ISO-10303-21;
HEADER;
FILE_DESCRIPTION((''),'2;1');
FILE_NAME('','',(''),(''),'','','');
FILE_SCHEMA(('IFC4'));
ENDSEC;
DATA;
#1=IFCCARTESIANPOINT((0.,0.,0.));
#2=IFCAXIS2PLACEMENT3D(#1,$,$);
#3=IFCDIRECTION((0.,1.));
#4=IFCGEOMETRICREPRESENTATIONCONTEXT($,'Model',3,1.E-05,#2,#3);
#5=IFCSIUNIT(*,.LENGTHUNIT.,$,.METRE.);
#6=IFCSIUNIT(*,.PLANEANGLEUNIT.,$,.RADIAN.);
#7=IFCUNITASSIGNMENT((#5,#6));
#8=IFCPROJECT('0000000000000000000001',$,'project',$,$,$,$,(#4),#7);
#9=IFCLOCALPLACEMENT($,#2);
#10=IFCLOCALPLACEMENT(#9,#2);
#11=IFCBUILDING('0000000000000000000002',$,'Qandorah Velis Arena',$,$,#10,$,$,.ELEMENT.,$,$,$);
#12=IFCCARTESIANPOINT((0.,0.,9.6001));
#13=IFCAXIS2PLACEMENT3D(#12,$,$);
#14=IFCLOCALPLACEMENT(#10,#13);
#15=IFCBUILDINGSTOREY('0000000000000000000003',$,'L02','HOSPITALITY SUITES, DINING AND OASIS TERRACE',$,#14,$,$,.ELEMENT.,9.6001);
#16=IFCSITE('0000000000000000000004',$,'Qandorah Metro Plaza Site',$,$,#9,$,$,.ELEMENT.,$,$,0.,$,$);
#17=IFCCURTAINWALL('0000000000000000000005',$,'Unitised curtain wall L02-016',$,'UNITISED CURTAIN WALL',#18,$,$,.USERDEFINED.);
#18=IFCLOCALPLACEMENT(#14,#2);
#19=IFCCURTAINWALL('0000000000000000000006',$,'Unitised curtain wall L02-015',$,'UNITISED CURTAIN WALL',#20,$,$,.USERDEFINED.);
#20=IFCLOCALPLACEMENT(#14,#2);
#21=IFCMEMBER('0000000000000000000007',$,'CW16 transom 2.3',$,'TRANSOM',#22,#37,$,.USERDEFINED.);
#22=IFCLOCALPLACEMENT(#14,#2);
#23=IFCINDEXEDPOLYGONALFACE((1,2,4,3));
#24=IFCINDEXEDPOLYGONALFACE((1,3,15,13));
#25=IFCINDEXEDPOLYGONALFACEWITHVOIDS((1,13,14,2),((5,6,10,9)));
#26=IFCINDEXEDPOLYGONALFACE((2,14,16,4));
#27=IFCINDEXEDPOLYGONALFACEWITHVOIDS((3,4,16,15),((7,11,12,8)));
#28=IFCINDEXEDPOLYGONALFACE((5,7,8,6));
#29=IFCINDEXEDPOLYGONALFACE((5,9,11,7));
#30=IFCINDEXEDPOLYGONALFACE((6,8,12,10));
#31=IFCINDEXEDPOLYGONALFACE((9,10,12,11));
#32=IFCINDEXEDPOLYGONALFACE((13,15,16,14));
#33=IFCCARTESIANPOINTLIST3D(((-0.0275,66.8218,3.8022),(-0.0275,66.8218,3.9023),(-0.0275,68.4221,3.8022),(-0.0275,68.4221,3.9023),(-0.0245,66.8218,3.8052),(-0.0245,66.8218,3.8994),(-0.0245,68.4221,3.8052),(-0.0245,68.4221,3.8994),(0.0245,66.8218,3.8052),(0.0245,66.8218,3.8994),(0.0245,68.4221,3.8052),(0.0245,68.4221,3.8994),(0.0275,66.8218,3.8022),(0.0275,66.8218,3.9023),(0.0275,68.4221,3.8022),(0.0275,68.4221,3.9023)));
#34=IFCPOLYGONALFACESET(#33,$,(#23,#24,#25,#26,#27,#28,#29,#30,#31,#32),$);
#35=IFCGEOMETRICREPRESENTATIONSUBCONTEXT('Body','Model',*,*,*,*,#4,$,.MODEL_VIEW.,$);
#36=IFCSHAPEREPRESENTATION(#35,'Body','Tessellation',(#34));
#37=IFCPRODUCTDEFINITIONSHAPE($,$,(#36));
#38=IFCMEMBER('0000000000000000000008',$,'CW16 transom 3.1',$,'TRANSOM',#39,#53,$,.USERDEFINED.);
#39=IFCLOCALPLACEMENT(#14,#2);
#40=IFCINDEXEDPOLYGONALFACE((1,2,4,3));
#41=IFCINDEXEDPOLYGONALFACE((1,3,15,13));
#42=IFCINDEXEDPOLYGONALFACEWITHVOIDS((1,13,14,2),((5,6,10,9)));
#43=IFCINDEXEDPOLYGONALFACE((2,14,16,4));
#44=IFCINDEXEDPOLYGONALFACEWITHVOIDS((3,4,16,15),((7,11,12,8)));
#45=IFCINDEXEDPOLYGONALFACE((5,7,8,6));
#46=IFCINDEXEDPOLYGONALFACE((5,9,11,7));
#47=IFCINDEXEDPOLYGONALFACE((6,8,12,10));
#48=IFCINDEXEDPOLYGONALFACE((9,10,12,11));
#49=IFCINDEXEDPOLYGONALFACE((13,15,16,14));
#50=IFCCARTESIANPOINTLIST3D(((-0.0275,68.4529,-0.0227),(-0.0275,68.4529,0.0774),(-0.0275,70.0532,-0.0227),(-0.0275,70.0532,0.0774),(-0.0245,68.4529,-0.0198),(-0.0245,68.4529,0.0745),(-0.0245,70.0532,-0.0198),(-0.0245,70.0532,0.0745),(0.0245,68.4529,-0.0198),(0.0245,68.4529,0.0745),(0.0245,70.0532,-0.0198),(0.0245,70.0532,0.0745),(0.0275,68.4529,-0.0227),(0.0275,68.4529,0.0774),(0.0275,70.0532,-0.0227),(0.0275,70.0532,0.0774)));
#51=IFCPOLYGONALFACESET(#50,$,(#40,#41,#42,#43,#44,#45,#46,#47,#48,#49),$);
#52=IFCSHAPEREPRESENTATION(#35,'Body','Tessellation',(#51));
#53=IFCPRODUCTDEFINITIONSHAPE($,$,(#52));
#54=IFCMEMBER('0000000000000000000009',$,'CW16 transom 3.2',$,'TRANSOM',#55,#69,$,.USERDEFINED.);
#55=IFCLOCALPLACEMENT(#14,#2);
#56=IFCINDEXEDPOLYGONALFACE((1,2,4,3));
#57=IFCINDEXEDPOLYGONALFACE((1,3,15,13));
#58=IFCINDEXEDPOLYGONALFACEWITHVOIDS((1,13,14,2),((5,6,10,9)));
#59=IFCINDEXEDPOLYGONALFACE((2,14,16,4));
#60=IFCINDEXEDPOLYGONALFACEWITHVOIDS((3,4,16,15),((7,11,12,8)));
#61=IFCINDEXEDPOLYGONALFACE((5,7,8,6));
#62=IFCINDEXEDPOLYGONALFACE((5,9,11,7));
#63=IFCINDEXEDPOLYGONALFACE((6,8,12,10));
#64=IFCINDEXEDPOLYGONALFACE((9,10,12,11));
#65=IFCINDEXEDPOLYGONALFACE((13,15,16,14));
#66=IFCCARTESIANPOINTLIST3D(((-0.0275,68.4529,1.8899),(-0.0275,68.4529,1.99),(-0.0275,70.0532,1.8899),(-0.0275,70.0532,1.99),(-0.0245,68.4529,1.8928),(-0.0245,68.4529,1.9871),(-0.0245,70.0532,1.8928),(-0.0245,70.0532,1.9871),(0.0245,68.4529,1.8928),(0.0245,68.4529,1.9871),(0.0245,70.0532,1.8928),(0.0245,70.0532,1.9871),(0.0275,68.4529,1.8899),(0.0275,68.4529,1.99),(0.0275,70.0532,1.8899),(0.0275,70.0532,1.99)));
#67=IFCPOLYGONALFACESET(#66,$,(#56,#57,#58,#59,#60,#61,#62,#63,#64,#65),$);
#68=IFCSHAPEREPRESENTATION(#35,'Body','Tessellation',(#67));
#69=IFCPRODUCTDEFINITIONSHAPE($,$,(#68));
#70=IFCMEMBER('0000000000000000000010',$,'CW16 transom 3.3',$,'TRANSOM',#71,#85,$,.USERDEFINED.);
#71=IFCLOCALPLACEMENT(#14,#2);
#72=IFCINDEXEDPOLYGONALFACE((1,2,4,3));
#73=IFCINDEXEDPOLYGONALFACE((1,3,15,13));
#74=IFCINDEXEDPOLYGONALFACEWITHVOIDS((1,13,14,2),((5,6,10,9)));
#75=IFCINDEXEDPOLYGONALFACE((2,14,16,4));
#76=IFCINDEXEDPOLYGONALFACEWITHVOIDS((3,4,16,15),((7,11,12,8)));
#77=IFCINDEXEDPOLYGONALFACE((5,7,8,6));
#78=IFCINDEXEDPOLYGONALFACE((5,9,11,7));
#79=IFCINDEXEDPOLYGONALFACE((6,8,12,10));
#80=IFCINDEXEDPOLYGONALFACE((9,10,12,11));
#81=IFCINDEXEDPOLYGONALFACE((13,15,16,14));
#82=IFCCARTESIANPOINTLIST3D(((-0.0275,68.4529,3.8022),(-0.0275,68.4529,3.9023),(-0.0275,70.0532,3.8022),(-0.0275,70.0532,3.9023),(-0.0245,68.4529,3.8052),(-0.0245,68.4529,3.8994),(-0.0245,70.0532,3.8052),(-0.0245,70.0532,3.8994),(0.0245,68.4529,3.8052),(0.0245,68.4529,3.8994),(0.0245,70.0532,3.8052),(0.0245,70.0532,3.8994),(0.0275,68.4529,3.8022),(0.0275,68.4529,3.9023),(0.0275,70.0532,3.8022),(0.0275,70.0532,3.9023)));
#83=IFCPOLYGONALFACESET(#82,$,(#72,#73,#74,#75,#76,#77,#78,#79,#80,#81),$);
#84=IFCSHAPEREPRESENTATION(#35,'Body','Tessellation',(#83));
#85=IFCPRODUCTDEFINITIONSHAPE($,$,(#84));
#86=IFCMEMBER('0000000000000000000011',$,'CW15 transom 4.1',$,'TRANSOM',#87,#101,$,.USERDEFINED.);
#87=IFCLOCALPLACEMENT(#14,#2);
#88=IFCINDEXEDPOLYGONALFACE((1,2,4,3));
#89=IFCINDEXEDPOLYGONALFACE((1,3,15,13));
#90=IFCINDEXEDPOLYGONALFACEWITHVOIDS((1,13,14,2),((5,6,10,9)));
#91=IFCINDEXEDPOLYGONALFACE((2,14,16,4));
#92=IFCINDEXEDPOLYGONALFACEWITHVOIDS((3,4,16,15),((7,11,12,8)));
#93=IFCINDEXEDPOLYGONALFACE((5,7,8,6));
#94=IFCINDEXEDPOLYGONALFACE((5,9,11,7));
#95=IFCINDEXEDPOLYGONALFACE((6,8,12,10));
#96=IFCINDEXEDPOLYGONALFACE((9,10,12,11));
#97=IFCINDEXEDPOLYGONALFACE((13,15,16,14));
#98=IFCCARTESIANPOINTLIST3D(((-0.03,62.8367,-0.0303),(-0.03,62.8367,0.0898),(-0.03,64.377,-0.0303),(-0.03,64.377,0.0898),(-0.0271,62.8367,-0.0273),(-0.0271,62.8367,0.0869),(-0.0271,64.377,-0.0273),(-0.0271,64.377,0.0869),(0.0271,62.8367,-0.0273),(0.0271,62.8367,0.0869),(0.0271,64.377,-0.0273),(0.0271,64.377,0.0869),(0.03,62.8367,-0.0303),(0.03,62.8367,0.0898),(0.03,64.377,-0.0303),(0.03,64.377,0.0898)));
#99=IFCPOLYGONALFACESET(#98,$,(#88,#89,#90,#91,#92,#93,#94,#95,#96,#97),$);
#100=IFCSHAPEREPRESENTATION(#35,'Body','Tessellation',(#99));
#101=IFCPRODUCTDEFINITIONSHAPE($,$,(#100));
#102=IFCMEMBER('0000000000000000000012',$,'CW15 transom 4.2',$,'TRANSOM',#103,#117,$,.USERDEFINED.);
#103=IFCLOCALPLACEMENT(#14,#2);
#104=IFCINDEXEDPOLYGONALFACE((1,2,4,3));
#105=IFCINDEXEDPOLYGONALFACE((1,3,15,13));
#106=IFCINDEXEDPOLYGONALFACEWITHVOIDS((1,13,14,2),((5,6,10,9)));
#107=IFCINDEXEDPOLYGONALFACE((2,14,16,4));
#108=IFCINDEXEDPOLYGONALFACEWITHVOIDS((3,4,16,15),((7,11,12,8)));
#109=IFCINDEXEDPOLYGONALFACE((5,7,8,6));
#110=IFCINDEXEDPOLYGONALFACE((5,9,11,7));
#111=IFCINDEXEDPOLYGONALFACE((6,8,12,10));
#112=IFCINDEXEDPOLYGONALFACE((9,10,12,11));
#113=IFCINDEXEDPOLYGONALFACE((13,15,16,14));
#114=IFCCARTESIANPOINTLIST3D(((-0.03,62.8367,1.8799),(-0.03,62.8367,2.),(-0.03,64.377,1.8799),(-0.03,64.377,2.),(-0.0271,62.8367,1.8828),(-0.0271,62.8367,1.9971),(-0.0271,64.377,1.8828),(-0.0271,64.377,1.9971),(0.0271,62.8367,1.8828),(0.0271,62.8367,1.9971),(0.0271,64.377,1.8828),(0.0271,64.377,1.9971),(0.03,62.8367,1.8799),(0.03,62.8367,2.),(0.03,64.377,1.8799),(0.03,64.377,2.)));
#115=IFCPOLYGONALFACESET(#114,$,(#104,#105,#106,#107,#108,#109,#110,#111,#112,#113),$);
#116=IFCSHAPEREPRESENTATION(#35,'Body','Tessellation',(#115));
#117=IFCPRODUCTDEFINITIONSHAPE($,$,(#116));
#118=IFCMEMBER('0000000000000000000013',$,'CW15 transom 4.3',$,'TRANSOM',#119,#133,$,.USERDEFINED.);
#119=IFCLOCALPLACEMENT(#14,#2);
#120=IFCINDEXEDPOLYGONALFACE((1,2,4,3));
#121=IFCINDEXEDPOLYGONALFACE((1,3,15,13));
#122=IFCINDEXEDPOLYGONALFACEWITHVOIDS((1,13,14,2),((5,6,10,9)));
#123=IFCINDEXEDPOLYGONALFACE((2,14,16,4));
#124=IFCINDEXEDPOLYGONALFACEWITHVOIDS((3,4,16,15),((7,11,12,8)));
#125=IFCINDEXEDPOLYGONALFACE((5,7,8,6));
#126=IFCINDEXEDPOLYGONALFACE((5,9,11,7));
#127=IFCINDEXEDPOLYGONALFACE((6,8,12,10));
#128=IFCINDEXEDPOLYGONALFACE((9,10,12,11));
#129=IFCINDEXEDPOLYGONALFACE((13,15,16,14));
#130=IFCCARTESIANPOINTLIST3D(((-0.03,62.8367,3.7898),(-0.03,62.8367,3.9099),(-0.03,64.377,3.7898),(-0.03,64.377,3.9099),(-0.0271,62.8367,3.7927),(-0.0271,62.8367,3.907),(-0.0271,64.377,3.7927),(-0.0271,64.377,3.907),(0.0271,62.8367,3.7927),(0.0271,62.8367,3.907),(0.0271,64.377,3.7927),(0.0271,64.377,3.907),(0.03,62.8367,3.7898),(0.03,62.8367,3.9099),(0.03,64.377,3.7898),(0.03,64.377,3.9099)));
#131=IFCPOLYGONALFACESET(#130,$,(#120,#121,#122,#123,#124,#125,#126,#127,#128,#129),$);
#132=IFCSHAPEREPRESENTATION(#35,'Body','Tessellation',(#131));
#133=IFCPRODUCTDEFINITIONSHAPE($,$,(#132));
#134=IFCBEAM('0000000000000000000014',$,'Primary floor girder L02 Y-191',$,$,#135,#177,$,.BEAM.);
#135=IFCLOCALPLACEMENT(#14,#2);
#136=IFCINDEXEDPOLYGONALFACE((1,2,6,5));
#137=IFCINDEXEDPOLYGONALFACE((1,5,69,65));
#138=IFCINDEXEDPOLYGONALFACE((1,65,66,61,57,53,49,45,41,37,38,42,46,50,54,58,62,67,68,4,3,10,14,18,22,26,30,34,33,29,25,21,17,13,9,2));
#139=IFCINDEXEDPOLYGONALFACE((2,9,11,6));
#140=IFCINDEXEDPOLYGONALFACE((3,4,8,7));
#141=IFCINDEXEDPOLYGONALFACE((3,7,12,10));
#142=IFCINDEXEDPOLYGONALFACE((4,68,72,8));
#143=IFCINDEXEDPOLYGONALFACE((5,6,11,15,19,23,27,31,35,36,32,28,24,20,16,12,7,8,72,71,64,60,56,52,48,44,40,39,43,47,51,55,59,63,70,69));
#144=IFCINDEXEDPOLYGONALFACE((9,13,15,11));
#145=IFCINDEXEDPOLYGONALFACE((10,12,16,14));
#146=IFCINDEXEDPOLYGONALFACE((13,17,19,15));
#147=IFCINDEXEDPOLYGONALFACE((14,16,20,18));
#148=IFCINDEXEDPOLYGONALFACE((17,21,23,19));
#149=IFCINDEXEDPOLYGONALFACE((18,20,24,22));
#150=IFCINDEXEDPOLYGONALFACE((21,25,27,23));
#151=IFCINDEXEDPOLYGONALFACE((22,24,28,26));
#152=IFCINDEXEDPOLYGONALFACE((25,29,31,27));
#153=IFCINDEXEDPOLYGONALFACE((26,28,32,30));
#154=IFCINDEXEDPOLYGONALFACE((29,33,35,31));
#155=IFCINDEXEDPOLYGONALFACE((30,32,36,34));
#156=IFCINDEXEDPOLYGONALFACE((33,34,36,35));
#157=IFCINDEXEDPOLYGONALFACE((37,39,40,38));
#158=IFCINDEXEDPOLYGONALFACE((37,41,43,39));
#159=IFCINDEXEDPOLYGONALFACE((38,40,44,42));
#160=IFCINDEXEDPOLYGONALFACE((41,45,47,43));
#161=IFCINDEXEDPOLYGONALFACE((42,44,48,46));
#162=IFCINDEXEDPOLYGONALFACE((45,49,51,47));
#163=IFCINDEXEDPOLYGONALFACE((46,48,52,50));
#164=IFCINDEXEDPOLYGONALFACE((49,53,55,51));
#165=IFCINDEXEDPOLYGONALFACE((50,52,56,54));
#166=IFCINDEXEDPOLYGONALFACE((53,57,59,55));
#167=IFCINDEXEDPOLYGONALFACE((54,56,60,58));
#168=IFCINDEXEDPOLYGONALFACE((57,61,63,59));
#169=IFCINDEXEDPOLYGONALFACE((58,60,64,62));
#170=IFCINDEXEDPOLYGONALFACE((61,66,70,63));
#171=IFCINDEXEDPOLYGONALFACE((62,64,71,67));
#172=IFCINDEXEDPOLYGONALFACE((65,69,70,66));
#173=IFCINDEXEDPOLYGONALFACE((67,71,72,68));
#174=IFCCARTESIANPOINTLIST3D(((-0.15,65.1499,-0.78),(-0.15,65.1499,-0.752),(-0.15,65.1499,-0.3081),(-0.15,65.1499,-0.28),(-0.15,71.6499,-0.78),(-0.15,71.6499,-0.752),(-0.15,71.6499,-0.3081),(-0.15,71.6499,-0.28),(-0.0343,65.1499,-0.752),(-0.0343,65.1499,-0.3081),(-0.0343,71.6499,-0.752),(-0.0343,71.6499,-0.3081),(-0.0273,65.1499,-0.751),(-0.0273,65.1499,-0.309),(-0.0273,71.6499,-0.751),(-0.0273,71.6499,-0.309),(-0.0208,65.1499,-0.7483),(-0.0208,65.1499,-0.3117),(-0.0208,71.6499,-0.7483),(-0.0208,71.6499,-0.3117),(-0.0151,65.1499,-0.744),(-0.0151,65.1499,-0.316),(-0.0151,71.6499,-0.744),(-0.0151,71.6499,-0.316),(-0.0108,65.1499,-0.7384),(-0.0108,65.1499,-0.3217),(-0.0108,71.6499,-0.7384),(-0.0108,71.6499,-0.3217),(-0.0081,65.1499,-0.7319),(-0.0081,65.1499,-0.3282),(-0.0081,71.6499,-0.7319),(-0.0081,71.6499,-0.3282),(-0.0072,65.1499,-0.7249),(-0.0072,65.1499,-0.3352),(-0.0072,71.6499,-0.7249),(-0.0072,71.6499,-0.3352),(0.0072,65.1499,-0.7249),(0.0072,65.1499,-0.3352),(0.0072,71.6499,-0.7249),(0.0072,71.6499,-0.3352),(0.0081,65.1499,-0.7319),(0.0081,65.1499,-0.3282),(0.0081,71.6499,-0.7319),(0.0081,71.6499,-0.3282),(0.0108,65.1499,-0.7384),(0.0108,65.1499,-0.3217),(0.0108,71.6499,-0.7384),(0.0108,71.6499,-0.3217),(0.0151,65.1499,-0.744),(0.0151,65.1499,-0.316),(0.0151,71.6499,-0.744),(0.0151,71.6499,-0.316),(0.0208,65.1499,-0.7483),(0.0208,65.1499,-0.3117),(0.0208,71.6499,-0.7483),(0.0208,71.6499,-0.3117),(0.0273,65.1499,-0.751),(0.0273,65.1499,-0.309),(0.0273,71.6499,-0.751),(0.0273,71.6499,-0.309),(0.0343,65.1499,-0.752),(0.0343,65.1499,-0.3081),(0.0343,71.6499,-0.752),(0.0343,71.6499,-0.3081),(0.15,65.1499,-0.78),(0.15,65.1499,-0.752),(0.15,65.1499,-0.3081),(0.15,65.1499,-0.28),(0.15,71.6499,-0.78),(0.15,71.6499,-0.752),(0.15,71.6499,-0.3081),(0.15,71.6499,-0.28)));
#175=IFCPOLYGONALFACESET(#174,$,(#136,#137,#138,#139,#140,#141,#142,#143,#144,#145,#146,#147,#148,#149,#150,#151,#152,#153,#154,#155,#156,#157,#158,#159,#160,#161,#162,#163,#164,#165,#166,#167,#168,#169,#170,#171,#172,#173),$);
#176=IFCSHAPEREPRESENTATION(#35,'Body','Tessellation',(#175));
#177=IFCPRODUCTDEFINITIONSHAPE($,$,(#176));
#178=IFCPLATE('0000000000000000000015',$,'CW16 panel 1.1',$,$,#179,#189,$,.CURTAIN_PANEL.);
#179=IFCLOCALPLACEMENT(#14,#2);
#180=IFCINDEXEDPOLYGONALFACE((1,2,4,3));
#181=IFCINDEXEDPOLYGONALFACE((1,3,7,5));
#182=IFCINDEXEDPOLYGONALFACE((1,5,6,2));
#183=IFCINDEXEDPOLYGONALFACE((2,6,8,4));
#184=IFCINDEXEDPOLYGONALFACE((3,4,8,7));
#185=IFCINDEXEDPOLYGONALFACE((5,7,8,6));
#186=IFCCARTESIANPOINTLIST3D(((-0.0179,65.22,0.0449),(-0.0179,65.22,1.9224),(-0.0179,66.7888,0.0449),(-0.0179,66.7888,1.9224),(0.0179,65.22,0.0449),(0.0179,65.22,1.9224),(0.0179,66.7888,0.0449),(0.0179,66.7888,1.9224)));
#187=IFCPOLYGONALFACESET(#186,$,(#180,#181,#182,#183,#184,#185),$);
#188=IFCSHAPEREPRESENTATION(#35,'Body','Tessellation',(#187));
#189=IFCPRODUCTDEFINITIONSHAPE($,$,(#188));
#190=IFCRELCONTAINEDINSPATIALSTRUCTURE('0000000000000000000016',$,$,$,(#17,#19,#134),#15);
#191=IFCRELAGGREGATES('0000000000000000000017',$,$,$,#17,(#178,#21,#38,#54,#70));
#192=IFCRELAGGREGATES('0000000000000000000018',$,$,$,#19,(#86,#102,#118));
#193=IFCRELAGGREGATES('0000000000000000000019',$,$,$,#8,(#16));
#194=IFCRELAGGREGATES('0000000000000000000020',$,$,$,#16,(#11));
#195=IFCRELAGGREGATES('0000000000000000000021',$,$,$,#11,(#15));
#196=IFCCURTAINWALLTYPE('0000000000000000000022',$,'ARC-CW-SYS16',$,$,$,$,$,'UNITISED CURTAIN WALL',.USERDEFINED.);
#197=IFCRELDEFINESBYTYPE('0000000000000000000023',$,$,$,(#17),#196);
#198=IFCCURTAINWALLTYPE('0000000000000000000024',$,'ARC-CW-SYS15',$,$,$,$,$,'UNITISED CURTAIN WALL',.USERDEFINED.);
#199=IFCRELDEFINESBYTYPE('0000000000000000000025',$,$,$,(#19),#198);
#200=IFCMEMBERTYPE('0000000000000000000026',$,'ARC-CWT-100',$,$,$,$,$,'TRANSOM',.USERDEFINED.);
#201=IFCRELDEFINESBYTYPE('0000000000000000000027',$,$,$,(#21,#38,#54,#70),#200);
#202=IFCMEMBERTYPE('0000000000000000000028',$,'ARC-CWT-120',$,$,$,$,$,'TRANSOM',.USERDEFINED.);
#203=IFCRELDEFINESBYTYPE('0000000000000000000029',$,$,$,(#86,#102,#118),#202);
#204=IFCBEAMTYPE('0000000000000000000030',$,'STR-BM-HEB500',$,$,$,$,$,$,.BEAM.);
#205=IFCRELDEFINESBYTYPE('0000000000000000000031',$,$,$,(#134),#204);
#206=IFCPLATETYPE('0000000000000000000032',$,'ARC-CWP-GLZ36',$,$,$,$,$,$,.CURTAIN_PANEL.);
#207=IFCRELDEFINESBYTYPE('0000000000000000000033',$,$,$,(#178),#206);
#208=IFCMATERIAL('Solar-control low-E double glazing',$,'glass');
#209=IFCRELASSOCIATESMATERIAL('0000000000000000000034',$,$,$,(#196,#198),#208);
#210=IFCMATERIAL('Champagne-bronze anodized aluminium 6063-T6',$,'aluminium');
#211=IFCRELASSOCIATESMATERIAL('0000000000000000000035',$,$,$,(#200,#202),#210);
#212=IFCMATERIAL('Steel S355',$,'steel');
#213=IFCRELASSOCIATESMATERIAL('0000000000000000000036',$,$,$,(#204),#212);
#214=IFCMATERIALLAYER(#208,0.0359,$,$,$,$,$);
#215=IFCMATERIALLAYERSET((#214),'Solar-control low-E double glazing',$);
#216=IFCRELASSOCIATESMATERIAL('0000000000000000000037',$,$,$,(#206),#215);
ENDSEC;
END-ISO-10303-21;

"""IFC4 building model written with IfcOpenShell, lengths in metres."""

from ifc_helpers import new_model, si_unit, direction, frame, origin, origin_2d, place, context, subcontext, project, spatial, rectangle, hollow_rectangle, i_section, extrude, material, layer, layer_set, material_profile, profile_set, type_object, element, aggregate, save


model = new_model("IFC4")

# Units and contexts
model_context = context("Model", 3, precision=1e-05, world=origin(), true_north=direction((0.0, 1.0)))
body_context = subcontext(model_context, "Body", "Model", "MODEL_VIEW")
ifc_project = project(units=[si_unit("LENGTHUNIT", "METRE"), si_unit("PLANEANGLEUNIT", "RADIAN")], contexts=[model_context])

# Site, building, storey
site_placement = place(None, origin())
site = spatial("IfcSite", under=ifc_project, at=site_placement, Name="Qandorah Metro Plaza Site", CompositionType="ELEMENT", RefElevation=0.0)
building_placement = place(site_placement, origin())
building = spatial("IfcBuilding", under=site, at=building_placement, Name="Qandorah Velis Arena", CompositionType="ELEMENT")
storey_placement = place(building_placement, frame((0.0, 0.0, 9.6001)))
storey = spatial("IfcBuildingStorey", under=building, at=storey_placement, Name="L02", Description="HOSPITALITY SUITES, DINING AND OASIS TERRACE", CompositionType="ELEMENT", Elevation=9.6001)

# Curtain walls
ifc_material_1 = material(Name="Solar-control low-E double glazing", Category="glass")
curtain_wall_type_1 = type_object("IfcCurtainWallType", Name="ARC-CW-SYS16", ElementType="UNITISED CURTAIN WALL", PredefinedType="USERDEFINED", material=ifc_material_1)
curtain_wall_1_placement = place(storey_placement, origin())
curtain_wall_1 = element("IfcCurtainWall", 1, at=curtain_wall_1_placement, inside=storey, type_object=curtain_wall_type_1, Name="Unitised curtain wall L02-016", ObjectType="UNITISED CURTAIN WALL", PredefinedType="USERDEFINED")
ifc_material_2 = material(Name="Champagne-bronze anodized aluminium 6063-T6", Category="aluminium")
curtain_wall_type_2 = type_object("IfcCurtainWallType", Name="ARC-CW-SYS15", ElementType="UNITISED CURTAIN WALL", PredefinedType="USERDEFINED", material=ifc_material_1)
curtain_wall_2_placement = place(storey_placement, origin())
curtain_wall_2 = element("IfcCurtainWall", 2, at=curtain_wall_2_placement, inside=storey, type_object=curtain_wall_type_2, Name="Unitised curtain wall L02-015", ObjectType="UNITISED CURTAIN WALL", PredefinedType="USERDEFINED")

# Members
ifc_material_profile_1 = material_profile(ifc_material_2, hollow_rectangle(XDim=0.0549, YDim=0.1001, WallThickness=0.0029, at=origin_2d()), Name="ALU TRANSOM 55x100")
ifc_profile_set_1 = profile_set([ifc_material_profile_1], Name="Champagne-bronze anodized aluminium 6063-T6")
member_type_1 = type_object("IfcMemberType", Name="ARC-CWT-100", ElementType="TRANSOM", PredefinedType="USERDEFINED", material=ifc_profile_set_1)
member_1_placement = place(storey_placement, frame((0.0, 66.8218, 3.8523), z_axis=(0.0, 1.0, 0.0), x_axis=(-1.0, 0.0, 0.0)))
member_1 = element("IfcMember", 3, at=member_1_placement, type_object=member_type_1, Name="CW16 transom 2.3", ObjectType="TRANSOM", PredefinedType="USERDEFINED", context=body_context, shape_type="SweptSolid", body=[
    extrude(hollow_rectangle(XDim=0.0549, YDim=0.1001, WallThickness=0.0029, at=origin_2d()), origin(), (0.0, 0.0, 1.0), 1.6003),
])
member_2_placement = place(storey_placement, frame((0.0, 68.4529, 0.0273), z_axis=(0.0, 1.0, 0.0), x_axis=(-1.0, 0.0, 0.0)))
member_2 = element("IfcMember", 4, at=member_2_placement, type_object=member_type_1, Name="CW16 transom 3.1", ObjectType="TRANSOM", PredefinedType="USERDEFINED", context=body_context, shape_type="SweptSolid", body=[
    extrude(hollow_rectangle(XDim=0.0549, YDim=0.1001, WallThickness=0.0029, at=origin_2d()), origin(), (0.0, 0.0, 1.0), 1.6003),
])
member_3_placement = place(storey_placement, frame((0.0, 68.4529, 1.9399), z_axis=(0.0, 1.0, 0.0), x_axis=(-1.0, 0.0, 0.0)))
member_3 = element("IfcMember", 5, at=member_3_placement, type_object=member_type_1, Name="CW16 transom 3.2", ObjectType="TRANSOM", PredefinedType="USERDEFINED", context=body_context, shape_type="SweptSolid", body=[
    extrude(hollow_rectangle(XDim=0.0549, YDim=0.1001, WallThickness=0.0029, at=origin_2d()), origin(), (0.0, 0.0, 1.0), 1.6003),
])
member_4_placement = place(storey_placement, frame((0.0, 68.4529, 3.8523), z_axis=(0.0, 1.0, 0.0), x_axis=(-1.0, 0.0, 0.0)))
member_4 = element("IfcMember", 6, at=member_4_placement, type_object=member_type_1, Name="CW16 transom 3.3", ObjectType="TRANSOM", PredefinedType="USERDEFINED", context=body_context, shape_type="SweptSolid", body=[
    extrude(hollow_rectangle(XDim=0.0549, YDim=0.1001, WallThickness=0.0029, at=origin_2d()), origin(), (0.0, 0.0, 1.0), 1.6003),
])
ifc_material_profile_2 = material_profile(ifc_material_2, hollow_rectangle(XDim=0.0601, YDim=0.1201, WallThickness=0.0029, at=origin_2d()), Name="ALU TRANSOM 60x120")
ifc_profile_set_2 = profile_set([ifc_material_profile_2], Name="Champagne-bronze anodized aluminium 6063-T6")
member_type_2 = type_object("IfcMemberType", Name="ARC-CWT-120", ElementType="TRANSOM", PredefinedType="USERDEFINED", material=ifc_profile_set_2)
member_5_placement = place(storey_placement, frame((0.0, 62.8367, 0.0298), z_axis=(0.0, 1.0, 0.0), x_axis=(-1.0, 0.0, 0.0)))
member_5 = element("IfcMember", 7, at=member_5_placement, type_object=member_type_2, Name="CW15 transom 4.1", ObjectType="TRANSOM", PredefinedType="USERDEFINED", context=body_context, shape_type="SweptSolid", body=[
    extrude(hollow_rectangle(XDim=0.0601, YDim=0.1201, WallThickness=0.0029, at=origin_2d()), origin(), (0.0, 0.0, 1.0), 1.5403),
])
member_6_placement = place(storey_placement, frame((0.0, 62.8367, 1.9399), z_axis=(0.0, 1.0, 0.0), x_axis=(-1.0, 0.0, 0.0)))
member_6 = element("IfcMember", 8, at=member_6_placement, type_object=member_type_2, Name="CW15 transom 4.2", ObjectType="TRANSOM", PredefinedType="USERDEFINED", context=body_context, shape_type="SweptSolid", body=[
    extrude(hollow_rectangle(XDim=0.0601, YDim=0.1201, WallThickness=0.0029, at=origin_2d()), origin(), (0.0, 0.0, 1.0), 1.5403),
])
member_7_placement = place(storey_placement, frame((0.0, 62.8367, 3.8499), z_axis=(0.0, 1.0, 0.0), x_axis=(-1.0, 0.0, 0.0)))
member_7 = element("IfcMember", 9, at=member_7_placement, type_object=member_type_2, Name="CW15 transom 4.3", ObjectType="TRANSOM", PredefinedType="USERDEFINED", context=body_context, shape_type="SweptSolid", body=[
    extrude(hollow_rectangle(XDim=0.0601, YDim=0.1201, WallThickness=0.0029, at=origin_2d()), origin(), (0.0, 0.0, 1.0), 1.5403),
])

# Beam
ifc_material_3 = material(Name="Steel S355", Category="steel")
ifc_material_profile_3 = material_profile(ifc_material_3, i_section(OverallWidth=0.3, OverallDepth=0.5, WebThickness=0.0144, FlangeThickness=0.0281, FilletRadius=0.0271, at=origin_2d()), Name="HEB 500")
ifc_profile_set_3 = profile_set([ifc_material_profile_3], Name="Steel S355")
beam_type = type_object("IfcBeamType", Name="STR-BM-HEB500", PredefinedType="BEAM", material=ifc_profile_set_3)
beam_placement = place(storey_placement, frame((0.0, 65.1499, -0.53), z_axis=(0.0, 1.0, 0.0), x_axis=(-1.0, 0.0, 0.0)))
element("IfcBeam", 10, at=beam_placement, inside=storey, type_object=beam_type, Name="Primary floor girder L02 Y-191", PredefinedType="BEAM", context=body_context, shape_type="SweptSolid", body=[
    extrude(i_section(OverallWidth=0.3, OverallDepth=0.5, WebThickness=0.0144, FlangeThickness=0.0281, FilletRadius=0.0271, at=origin_2d()), origin(), (0.0, 0.0, 1.0), 6.5),
])

# Plate
ifc_layer_1 = layer(ifc_material_1, 0.0359)
ifc_layer_set_1 = layer_set([ifc_layer_1], Name="Solar-control low-E double glazing")
plate_type_1 = type_object("IfcPlateType", Name="ARC-CWP-GLZ36", PredefinedType="CURTAIN_PANEL", material=ifc_layer_set_1)
plate_1_placement = place(storey_placement, frame((0.0, 66.0044, 0.0449), z_axis=(0.0, 0.0, 1.0), x_axis=(0.0, 1.0, 0.0)))
plate_1 = element("IfcPlate", 11, at=plate_1_placement, type_object=plate_type_1, Name="CW16 panel 1.1", PredefinedType="CURTAIN_PANEL", context=body_context, shape_type="SweptSolid", body=[
    extrude(rectangle(XDim=1.5688, YDim=0.0359, at=origin_2d()), origin(), (0.0, 0.0, 1.0), 1.8774),
])
aggregate(curtain_wall_1, [plate_1, member_1, member_2, member_3, member_4])
aggregate(curtain_wall_2, [member_5, member_6, member_7])

save(model, "model.ifc")
